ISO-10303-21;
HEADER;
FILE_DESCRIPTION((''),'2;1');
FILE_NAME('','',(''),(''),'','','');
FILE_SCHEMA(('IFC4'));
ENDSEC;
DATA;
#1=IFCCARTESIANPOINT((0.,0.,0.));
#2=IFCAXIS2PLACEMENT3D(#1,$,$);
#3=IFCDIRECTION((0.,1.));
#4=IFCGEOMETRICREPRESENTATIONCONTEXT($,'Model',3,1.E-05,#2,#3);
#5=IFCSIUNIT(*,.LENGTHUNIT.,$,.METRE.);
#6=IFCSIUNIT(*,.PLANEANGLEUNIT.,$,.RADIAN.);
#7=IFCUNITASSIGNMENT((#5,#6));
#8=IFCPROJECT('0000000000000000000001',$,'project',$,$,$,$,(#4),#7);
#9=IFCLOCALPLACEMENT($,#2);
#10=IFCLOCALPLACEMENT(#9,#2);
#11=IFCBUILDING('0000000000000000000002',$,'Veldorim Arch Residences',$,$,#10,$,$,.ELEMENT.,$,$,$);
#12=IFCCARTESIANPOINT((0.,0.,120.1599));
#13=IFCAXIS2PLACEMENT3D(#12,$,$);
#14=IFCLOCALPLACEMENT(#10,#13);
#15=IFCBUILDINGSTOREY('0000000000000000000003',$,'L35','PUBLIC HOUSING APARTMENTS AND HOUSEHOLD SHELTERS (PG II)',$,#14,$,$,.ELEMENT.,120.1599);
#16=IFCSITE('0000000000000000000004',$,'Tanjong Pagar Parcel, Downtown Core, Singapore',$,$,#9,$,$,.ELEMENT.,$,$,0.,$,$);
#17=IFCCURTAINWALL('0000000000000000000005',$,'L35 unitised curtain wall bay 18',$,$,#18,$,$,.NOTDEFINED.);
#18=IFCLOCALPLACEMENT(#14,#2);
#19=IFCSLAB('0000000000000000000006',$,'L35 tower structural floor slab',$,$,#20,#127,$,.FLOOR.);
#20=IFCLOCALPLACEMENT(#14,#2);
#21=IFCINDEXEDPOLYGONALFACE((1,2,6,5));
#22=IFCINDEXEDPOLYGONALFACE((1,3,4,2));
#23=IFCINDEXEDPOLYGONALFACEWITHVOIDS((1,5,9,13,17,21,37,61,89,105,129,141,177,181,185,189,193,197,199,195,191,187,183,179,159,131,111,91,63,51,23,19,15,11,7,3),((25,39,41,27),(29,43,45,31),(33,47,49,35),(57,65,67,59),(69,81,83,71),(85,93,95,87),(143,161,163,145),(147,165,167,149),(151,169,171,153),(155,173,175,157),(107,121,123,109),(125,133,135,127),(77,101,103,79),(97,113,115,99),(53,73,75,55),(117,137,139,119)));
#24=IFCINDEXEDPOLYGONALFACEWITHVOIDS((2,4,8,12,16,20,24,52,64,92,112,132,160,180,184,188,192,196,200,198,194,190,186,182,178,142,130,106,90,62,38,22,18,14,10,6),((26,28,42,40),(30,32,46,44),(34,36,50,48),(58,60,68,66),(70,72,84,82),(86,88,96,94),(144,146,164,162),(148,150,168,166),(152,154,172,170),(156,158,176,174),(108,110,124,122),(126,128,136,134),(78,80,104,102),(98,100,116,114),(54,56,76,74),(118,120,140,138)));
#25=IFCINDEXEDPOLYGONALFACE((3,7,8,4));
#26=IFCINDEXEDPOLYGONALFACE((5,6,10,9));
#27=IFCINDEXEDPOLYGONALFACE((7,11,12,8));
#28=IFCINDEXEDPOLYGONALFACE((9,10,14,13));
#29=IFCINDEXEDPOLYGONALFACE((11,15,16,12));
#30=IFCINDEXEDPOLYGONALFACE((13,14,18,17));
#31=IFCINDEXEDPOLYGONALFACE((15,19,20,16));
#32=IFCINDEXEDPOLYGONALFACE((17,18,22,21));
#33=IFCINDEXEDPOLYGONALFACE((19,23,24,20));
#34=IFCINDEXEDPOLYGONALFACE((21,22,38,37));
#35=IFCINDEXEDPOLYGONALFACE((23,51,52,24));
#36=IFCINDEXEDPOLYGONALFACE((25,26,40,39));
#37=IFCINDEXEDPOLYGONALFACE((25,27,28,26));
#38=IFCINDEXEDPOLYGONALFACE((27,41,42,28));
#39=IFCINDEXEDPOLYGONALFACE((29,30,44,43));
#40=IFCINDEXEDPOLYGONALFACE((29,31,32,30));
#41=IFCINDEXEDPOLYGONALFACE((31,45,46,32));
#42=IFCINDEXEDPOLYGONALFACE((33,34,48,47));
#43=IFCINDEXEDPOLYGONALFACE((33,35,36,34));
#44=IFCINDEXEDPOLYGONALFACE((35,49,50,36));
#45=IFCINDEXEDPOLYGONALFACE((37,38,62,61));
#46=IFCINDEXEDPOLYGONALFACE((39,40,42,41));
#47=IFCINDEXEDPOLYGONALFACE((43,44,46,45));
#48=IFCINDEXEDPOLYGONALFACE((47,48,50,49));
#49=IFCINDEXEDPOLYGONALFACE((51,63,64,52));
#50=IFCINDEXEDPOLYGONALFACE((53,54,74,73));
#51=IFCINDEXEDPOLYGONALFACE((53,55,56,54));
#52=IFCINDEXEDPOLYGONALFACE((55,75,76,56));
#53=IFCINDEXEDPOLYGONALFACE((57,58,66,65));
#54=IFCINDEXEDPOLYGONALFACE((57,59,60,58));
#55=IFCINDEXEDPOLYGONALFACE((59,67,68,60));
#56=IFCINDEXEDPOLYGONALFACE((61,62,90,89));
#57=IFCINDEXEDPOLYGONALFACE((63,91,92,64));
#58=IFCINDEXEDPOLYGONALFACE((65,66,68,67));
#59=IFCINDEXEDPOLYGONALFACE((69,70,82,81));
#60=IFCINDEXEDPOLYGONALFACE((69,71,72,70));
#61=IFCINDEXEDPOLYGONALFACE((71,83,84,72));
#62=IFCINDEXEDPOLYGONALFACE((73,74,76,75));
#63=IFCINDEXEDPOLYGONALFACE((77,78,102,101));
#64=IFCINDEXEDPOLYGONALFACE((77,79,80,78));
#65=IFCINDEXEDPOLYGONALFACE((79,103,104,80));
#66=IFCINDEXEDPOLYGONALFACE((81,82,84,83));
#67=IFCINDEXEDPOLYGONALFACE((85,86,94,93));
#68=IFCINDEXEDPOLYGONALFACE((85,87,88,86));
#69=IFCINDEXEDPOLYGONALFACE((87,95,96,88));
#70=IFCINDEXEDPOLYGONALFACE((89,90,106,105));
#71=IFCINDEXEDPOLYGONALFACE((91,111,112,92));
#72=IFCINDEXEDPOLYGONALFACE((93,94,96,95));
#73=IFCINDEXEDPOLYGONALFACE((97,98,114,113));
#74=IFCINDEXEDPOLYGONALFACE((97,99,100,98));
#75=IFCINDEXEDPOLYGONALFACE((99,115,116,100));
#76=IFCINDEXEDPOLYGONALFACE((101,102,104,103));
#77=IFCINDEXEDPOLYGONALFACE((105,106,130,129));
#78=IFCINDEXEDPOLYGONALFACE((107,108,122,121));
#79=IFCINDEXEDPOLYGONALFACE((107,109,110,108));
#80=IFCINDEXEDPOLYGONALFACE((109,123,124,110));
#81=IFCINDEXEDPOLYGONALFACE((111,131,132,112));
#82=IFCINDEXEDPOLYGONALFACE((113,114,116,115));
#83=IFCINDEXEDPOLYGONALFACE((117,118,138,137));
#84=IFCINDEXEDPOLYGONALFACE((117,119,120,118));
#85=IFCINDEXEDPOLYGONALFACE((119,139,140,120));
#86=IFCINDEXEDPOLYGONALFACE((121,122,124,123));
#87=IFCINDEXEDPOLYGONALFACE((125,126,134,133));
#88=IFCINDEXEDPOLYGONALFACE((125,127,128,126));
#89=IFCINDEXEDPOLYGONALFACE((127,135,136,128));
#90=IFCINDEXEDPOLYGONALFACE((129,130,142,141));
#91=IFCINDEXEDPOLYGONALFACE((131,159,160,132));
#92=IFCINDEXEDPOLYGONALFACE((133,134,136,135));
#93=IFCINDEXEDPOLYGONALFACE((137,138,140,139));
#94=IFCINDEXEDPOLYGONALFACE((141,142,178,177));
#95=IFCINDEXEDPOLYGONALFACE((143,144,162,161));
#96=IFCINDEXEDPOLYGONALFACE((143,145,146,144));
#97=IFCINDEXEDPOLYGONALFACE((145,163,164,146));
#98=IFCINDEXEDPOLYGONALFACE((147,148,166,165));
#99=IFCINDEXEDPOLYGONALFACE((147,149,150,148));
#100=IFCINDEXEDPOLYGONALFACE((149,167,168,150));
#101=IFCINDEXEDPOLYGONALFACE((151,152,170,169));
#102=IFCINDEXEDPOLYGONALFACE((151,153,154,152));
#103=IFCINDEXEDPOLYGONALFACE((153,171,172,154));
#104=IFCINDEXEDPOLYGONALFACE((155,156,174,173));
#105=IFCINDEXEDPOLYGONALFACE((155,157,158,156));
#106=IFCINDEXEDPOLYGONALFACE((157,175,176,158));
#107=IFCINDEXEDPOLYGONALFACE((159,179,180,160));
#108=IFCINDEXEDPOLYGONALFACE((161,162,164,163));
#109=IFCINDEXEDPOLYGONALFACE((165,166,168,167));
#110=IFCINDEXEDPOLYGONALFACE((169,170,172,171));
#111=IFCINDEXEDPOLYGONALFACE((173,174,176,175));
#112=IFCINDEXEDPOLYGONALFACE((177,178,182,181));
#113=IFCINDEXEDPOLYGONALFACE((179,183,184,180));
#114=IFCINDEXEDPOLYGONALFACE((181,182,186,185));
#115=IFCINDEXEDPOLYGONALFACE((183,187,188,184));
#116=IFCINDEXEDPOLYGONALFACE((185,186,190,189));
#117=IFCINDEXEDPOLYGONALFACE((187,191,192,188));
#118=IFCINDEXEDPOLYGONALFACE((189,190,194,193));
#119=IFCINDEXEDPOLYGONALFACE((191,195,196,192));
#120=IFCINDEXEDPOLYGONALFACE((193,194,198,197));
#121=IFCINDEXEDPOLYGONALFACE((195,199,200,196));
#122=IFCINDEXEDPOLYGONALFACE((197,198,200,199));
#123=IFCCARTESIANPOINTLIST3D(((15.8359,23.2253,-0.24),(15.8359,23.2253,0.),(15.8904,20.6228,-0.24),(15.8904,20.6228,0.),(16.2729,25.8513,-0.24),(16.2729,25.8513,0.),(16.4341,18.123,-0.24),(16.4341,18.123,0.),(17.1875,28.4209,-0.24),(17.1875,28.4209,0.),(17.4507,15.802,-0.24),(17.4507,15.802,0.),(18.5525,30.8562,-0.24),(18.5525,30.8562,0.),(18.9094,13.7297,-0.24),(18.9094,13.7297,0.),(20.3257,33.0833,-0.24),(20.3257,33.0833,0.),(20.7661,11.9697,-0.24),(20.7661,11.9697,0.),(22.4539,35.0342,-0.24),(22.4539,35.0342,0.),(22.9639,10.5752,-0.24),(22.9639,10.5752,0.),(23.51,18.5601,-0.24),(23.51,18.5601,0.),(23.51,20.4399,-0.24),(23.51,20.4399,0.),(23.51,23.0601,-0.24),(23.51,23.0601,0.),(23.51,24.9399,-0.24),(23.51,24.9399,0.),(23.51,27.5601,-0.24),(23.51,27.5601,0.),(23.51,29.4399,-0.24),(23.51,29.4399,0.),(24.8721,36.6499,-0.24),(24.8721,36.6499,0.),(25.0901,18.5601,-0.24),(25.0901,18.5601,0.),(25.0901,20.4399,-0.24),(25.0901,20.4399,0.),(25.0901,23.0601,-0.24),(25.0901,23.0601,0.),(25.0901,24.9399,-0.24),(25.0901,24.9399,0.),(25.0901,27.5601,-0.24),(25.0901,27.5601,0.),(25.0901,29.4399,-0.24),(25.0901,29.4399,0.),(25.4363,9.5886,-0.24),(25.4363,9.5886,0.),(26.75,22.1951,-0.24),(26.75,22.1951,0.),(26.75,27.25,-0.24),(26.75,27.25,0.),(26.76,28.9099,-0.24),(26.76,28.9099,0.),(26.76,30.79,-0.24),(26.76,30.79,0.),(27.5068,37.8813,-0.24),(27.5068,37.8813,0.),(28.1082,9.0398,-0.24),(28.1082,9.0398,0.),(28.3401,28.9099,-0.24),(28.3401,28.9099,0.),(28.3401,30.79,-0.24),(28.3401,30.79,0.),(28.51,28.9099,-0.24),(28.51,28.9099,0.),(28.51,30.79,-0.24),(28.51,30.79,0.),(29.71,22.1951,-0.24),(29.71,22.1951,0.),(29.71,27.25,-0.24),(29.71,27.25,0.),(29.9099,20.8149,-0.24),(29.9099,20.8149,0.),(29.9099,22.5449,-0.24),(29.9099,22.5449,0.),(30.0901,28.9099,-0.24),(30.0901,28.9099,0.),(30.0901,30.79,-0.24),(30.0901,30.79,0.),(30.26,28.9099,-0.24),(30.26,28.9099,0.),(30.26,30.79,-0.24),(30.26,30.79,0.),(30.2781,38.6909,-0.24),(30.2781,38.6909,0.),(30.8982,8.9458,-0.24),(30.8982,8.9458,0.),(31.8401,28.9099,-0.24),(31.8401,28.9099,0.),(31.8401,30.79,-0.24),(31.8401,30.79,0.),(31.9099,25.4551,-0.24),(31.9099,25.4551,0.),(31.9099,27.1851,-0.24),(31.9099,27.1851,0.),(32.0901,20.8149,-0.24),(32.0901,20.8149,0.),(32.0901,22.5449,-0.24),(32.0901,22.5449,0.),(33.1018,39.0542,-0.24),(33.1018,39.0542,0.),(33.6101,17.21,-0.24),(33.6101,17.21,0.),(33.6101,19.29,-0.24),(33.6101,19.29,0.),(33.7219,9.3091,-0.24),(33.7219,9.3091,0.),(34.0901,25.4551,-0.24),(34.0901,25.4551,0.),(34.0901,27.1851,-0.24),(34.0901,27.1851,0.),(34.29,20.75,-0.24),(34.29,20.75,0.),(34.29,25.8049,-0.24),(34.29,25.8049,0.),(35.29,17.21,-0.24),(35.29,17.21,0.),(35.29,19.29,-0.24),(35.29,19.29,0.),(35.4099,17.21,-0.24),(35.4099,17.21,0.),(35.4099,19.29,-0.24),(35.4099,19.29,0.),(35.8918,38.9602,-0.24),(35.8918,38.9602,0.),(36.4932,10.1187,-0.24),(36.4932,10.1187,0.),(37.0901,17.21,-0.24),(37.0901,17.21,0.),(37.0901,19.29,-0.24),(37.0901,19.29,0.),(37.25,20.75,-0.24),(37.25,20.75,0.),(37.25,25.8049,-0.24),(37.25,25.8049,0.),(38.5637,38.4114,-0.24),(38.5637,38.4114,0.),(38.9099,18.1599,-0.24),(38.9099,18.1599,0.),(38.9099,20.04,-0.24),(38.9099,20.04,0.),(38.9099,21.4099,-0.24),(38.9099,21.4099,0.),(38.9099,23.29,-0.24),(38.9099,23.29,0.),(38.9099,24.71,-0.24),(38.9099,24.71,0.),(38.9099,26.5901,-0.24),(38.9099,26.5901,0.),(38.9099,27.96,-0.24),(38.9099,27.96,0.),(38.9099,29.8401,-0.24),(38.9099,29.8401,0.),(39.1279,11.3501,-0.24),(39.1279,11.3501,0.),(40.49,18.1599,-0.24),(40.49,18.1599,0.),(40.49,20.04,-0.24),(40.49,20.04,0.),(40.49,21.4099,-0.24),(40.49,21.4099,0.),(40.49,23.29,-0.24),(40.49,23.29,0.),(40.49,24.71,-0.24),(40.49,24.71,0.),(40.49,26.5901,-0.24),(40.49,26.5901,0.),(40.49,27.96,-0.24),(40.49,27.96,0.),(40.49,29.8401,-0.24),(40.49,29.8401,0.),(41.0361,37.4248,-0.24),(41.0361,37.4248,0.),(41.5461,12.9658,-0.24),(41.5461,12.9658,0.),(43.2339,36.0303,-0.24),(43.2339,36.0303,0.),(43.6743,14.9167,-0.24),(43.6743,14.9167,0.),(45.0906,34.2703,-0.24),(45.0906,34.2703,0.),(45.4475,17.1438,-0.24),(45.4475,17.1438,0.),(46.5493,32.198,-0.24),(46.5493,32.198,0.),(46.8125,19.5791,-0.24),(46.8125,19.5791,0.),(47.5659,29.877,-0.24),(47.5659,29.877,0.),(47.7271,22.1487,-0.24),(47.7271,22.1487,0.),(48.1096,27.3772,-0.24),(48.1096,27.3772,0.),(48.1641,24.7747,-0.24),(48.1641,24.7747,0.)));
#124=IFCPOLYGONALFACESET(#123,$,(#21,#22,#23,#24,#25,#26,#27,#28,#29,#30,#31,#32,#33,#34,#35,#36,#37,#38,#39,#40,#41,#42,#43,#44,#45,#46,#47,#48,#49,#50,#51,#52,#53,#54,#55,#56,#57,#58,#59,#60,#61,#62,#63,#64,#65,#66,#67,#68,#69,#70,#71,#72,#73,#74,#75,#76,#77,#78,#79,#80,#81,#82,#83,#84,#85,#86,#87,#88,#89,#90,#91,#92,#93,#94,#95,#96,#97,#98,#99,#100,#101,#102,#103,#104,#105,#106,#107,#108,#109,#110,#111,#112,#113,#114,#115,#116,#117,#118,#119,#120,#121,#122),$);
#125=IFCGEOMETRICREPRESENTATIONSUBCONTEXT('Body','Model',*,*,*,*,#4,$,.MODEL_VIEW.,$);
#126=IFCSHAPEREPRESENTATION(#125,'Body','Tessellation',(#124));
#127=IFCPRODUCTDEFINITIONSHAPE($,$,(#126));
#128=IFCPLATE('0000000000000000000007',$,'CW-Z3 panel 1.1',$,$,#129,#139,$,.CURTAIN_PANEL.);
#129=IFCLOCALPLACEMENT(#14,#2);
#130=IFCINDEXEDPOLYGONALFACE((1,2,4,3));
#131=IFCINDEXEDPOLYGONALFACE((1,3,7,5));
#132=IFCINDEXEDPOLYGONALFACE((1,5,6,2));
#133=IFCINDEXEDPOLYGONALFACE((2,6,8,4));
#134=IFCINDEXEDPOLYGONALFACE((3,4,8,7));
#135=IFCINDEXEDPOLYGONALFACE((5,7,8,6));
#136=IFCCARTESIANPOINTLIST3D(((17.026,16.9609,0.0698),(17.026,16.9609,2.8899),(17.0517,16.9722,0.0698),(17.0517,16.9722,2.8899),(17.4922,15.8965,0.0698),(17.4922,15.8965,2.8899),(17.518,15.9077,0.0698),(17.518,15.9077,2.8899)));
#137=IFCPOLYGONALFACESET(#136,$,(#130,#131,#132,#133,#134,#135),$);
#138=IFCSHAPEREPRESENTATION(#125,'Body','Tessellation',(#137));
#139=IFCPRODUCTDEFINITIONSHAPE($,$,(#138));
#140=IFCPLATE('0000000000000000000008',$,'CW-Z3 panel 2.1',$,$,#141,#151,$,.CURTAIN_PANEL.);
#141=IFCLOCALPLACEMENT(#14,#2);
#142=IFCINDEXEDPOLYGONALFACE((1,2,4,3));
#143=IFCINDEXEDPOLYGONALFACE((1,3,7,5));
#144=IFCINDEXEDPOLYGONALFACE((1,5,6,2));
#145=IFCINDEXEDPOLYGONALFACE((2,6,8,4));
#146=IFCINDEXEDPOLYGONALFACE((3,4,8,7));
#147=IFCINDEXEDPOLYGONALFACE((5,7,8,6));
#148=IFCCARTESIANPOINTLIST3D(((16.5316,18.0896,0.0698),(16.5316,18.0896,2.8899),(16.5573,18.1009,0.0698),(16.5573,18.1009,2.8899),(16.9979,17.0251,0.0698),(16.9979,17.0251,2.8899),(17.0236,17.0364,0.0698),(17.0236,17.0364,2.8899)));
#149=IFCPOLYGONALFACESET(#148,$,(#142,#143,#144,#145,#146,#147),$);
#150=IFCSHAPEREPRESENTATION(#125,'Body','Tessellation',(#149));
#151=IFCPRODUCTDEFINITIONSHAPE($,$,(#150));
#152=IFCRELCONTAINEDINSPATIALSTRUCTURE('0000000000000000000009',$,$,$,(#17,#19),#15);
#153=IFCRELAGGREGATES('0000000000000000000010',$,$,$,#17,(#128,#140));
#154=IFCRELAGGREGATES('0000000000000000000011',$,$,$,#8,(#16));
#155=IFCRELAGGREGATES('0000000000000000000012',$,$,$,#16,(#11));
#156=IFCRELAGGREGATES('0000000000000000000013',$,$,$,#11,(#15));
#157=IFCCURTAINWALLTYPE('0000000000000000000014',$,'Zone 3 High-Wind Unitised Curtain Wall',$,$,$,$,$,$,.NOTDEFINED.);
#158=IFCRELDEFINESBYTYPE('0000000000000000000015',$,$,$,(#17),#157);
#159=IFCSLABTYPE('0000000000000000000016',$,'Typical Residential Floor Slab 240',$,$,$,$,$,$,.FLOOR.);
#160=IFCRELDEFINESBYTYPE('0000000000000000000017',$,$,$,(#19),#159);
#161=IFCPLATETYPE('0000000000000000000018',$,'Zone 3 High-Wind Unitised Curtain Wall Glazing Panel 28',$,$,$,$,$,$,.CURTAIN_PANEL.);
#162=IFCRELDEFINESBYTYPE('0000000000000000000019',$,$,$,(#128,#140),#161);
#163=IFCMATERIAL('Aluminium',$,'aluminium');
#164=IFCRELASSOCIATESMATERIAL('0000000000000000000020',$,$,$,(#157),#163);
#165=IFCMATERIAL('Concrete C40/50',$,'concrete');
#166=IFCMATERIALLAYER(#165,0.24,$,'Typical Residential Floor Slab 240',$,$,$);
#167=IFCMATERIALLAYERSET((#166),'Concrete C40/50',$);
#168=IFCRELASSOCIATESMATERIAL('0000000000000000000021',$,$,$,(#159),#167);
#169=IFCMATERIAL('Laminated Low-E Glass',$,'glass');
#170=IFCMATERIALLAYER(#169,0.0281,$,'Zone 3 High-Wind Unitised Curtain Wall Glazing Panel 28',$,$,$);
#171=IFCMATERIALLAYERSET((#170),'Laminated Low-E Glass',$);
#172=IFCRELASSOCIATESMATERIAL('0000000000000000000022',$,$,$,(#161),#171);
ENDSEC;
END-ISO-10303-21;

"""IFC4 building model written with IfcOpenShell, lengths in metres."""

from ifc_helpers import new_model, si_unit, direction, frame, origin, origin_2d, place, context, subcontext, project, spatial, polyline, rectangle, outline, extrude, material, layer, layer_set, type_object, element, aggregate, save


model = new_model("IFC4")

# Units and contexts
model_context = context("Model", 3, precision=1e-05, world=origin(), true_north=direction((0.0, 1.0)))
body_context = subcontext(model_context, "Body", "Model", "MODEL_VIEW")
ifc_project = project(units=[si_unit("LENGTHUNIT", "METRE"), si_unit("PLANEANGLEUNIT", "RADIAN")], contexts=[model_context])

# Site, building, storey
site_placement = place(None, origin())
site = spatial("IfcSite", under=ifc_project, at=site_placement, Name="Tanjong Pagar Parcel, Downtown Core, Singapore", CompositionType="ELEMENT", RefElevation=0.0)
building_placement = place(site_placement, origin())
building = spatial("IfcBuilding", under=site, at=building_placement, Name="Veldorim Arch Residences", CompositionType="ELEMENT")
storey_placement = place(building_placement, frame((0.0, 0.0, 120.1599)))
storey = spatial("IfcBuildingStorey", under=building, at=storey_placement, Name="L35", Description="PUBLIC HOUSING APARTMENTS AND HOUSEHOLD SHELTERS (PG II)", CompositionType="ELEMENT", Elevation=120.1599)

# Curtain wall
ifc_material_1 = material(Name="Aluminium", Category="aluminium")
curtain_wall_type = type_object("IfcCurtainWallType", Name="Zone 3 High-Wind Unitised Curtain Wall", PredefinedType="NOTDEFINED", material=ifc_material_1)
curtain_wall_placement = place(storey_placement, origin())
curtain_wall = element("IfcCurtainWall", 1, at=curtain_wall_placement, inside=storey, type_object=curtain_wall_type, Name="L35 unitised curtain wall bay 18", PredefinedType="NOTDEFINED")

# Slab
ifc_material_2 = material(Name="Concrete C40/50", Category="concrete")
ifc_layer_1 = layer(ifc_material_2, 0.24, Name="Typical Residential Floor Slab 240")
ifc_layer_set_1 = layer_set([ifc_layer_1], Name="Concrete C40/50")
slab_type_1 = type_object("IfcSlabType", Name="Typical Residential Floor Slab 240", PredefinedType="FLOOR", material=ifc_layer_set_1)
slab_1_placement = place(storey_placement, frame((0.0, 0.0, -0.24)))
element("IfcSlab", 2, at=slab_1_placement, inside=storey, type_object=slab_type_1, Name="L35 tower structural floor slab", PredefinedType="FLOOR", context=body_context, shape_type="SweptSolid", body=[
    extrude(outline(polyline([(46.5493, 32.198), (45.0906, 34.2703), (43.2339, 36.0303), (41.0361, 37.4248), (38.5637, 38.4114), (35.8918, 38.9602), (33.1018, 39.0542), (30.2781, 38.6909), (27.5068, 37.8813), (24.8721, 36.6499), (22.4539, 35.0342), (20.3257, 33.0833), (18.5525, 30.8562), (17.1875, 28.4209), (16.2729, 25.8513), (15.8359, 23.2253), (15.8904, 20.6228), (16.4341, 18.123), (17.4507, 15.802), (18.9094, 13.7297), (20.7661, 11.9697), (22.9639, 10.5752), (25.4363, 9.5886), (28.1082, 9.0398), (30.8982, 8.9458), (33.7219, 9.3091), (36.4932, 10.1187), (39.1279, 11.3501), (41.5461, 12.9658), (43.6743, 14.9167), (45.4475, 17.1438), (46.8125, 19.5791), (47.7271, 22.1487), (48.1641, 24.7747), (48.1096, 27.3772), (47.5659, 29.877), (46.5493, 32.198)]), holes=[polyline([(23.51, 20.4399), (25.0901, 20.4399), (25.0901, 18.5601), (23.51, 18.5601), (23.51, 20.4399)]), polyline([(29.9099, 22.5449), (32.0901, 22.5449), (32.0901, 20.8149), (29.9099, 20.8149), (29.9099, 22.5449)]), polyline([(23.51, 24.9399), (25.0901, 24.9399), (25.0901, 23.0601), (23.51, 23.0601), (23.51, 24.9399)]), polyline([(26.75, 27.25), (29.71, 27.25), (29.71, 22.1951), (26.75, 22.1951), (26.75, 27.25)]), polyline([(23.51, 29.4399), (25.0901, 29.4399), (25.0901, 27.5601), (23.51, 27.5601), (23.51, 29.4399)]), polyline([(26.76, 30.79), (28.3401, 30.79), (28.3401, 28.9099), (26.76, 28.9099), (26.76, 30.79)]), polyline([(28.51, 30.79), (30.0901, 30.79), (30.0901, 28.9099), (28.51, 28.9099), (28.51, 30.79)]), polyline([(30.26, 30.79), (31.8401, 30.79), (31.8401, 28.9099), (30.26, 28.9099), (30.26, 30.79)]), polyline([(33.6101, 19.29), (35.29, 19.29), (35.29, 17.21), (33.6101, 17.21), (33.6101, 19.29)]), polyline([(35.4099, 19.29), (37.0901, 19.29), (37.0901, 17.21), (35.4099, 17.21), (35.4099, 19.29)]), polyline([(38.9099, 20.04), (40.49, 20.04), (40.49, 18.1599), (38.9099, 18.1599), (38.9099, 20.04)]), polyline([(38.9099, 23.29), (40.49, 23.29), (40.49, 21.4099), (38.9099, 21.4099), (38.9099, 23.29)]), polyline([(34.29, 25.8049), (37.25, 25.8049), (37.25, 20.75), (34.29, 20.75), (34.29, 25.8049)]), polyline([(38.9099, 26.5901), (40.49, 26.5901), (40.49, 24.71), (38.9099, 24.71), (38.9099, 26.5901)]), polyline([(31.9099, 27.1851), (34.0901, 27.1851), (34.0901, 25.4551), (31.9099, 25.4551), (31.9099, 27.1851)]), polyline([(38.9099, 29.8401), (40.49, 29.8401), (40.49, 27.96), (38.9099, 27.96), (38.9099, 29.8401)])]), origin(), (0.0, 0.0, 1.0), 0.24),
])

# Plates
ifc_material_3 = material(Name="Laminated Low-E Glass", Category="glass")
ifc_layer_2 = layer(ifc_material_3, 0.0281, Name="Zone 3 High-Wind Unitised Curtain Wall Glazing Panel 28")
ifc_layer_set_2 = layer_set([ifc_layer_2], Name="Laminated Low-E Glass")
plate_type = type_object("IfcPlateType", Name="Zone 3 High-Wind Unitised Curtain Wall Glazing Panel 28", PredefinedType="CURTAIN_PANEL", material=ifc_layer_set_2)
plate_1_placement = place(storey_placement, frame((17.272, 16.4343, 0.0698), z_axis=(0.0, 0.0, 1.0), x_axis=(-0.401208, 0.915987, 0.0)))
plate_1 = element("IfcPlate", 3, at=plate_1_placement, type_object=plate_type, Name="CW-Z3 panel 1.1", PredefinedType="CURTAIN_PANEL", context=body_context, shape_type="SweptSolid", body=[
    extrude(rectangle(XDim=1.1621, YDim=0.0281, at=origin_2d()), origin(), (0.0, 0.0, 1.0), 2.8201),
])
plate_2_placement = place(storey_placement, frame((16.7776, 17.563, 0.0698), z_axis=(0.0, 0.0, 1.0), x_axis=(-0.401208, 0.915987, 0.0)))
plate_2 = element("IfcPlate", 4, at=plate_2_placement, type_object=plate_type, Name="CW-Z3 panel 2.1", PredefinedType="CURTAIN_PANEL", context=body_context, shape_type="SweptSolid", body=[
    extrude(rectangle(XDim=1.1621, YDim=0.0281, at=origin_2d()), origin(), (0.0, 0.0, 1.0), 2.8201),
])
aggregate(curtain_wall, [plate_1, plate_2])

save(model, "model.ifc")
